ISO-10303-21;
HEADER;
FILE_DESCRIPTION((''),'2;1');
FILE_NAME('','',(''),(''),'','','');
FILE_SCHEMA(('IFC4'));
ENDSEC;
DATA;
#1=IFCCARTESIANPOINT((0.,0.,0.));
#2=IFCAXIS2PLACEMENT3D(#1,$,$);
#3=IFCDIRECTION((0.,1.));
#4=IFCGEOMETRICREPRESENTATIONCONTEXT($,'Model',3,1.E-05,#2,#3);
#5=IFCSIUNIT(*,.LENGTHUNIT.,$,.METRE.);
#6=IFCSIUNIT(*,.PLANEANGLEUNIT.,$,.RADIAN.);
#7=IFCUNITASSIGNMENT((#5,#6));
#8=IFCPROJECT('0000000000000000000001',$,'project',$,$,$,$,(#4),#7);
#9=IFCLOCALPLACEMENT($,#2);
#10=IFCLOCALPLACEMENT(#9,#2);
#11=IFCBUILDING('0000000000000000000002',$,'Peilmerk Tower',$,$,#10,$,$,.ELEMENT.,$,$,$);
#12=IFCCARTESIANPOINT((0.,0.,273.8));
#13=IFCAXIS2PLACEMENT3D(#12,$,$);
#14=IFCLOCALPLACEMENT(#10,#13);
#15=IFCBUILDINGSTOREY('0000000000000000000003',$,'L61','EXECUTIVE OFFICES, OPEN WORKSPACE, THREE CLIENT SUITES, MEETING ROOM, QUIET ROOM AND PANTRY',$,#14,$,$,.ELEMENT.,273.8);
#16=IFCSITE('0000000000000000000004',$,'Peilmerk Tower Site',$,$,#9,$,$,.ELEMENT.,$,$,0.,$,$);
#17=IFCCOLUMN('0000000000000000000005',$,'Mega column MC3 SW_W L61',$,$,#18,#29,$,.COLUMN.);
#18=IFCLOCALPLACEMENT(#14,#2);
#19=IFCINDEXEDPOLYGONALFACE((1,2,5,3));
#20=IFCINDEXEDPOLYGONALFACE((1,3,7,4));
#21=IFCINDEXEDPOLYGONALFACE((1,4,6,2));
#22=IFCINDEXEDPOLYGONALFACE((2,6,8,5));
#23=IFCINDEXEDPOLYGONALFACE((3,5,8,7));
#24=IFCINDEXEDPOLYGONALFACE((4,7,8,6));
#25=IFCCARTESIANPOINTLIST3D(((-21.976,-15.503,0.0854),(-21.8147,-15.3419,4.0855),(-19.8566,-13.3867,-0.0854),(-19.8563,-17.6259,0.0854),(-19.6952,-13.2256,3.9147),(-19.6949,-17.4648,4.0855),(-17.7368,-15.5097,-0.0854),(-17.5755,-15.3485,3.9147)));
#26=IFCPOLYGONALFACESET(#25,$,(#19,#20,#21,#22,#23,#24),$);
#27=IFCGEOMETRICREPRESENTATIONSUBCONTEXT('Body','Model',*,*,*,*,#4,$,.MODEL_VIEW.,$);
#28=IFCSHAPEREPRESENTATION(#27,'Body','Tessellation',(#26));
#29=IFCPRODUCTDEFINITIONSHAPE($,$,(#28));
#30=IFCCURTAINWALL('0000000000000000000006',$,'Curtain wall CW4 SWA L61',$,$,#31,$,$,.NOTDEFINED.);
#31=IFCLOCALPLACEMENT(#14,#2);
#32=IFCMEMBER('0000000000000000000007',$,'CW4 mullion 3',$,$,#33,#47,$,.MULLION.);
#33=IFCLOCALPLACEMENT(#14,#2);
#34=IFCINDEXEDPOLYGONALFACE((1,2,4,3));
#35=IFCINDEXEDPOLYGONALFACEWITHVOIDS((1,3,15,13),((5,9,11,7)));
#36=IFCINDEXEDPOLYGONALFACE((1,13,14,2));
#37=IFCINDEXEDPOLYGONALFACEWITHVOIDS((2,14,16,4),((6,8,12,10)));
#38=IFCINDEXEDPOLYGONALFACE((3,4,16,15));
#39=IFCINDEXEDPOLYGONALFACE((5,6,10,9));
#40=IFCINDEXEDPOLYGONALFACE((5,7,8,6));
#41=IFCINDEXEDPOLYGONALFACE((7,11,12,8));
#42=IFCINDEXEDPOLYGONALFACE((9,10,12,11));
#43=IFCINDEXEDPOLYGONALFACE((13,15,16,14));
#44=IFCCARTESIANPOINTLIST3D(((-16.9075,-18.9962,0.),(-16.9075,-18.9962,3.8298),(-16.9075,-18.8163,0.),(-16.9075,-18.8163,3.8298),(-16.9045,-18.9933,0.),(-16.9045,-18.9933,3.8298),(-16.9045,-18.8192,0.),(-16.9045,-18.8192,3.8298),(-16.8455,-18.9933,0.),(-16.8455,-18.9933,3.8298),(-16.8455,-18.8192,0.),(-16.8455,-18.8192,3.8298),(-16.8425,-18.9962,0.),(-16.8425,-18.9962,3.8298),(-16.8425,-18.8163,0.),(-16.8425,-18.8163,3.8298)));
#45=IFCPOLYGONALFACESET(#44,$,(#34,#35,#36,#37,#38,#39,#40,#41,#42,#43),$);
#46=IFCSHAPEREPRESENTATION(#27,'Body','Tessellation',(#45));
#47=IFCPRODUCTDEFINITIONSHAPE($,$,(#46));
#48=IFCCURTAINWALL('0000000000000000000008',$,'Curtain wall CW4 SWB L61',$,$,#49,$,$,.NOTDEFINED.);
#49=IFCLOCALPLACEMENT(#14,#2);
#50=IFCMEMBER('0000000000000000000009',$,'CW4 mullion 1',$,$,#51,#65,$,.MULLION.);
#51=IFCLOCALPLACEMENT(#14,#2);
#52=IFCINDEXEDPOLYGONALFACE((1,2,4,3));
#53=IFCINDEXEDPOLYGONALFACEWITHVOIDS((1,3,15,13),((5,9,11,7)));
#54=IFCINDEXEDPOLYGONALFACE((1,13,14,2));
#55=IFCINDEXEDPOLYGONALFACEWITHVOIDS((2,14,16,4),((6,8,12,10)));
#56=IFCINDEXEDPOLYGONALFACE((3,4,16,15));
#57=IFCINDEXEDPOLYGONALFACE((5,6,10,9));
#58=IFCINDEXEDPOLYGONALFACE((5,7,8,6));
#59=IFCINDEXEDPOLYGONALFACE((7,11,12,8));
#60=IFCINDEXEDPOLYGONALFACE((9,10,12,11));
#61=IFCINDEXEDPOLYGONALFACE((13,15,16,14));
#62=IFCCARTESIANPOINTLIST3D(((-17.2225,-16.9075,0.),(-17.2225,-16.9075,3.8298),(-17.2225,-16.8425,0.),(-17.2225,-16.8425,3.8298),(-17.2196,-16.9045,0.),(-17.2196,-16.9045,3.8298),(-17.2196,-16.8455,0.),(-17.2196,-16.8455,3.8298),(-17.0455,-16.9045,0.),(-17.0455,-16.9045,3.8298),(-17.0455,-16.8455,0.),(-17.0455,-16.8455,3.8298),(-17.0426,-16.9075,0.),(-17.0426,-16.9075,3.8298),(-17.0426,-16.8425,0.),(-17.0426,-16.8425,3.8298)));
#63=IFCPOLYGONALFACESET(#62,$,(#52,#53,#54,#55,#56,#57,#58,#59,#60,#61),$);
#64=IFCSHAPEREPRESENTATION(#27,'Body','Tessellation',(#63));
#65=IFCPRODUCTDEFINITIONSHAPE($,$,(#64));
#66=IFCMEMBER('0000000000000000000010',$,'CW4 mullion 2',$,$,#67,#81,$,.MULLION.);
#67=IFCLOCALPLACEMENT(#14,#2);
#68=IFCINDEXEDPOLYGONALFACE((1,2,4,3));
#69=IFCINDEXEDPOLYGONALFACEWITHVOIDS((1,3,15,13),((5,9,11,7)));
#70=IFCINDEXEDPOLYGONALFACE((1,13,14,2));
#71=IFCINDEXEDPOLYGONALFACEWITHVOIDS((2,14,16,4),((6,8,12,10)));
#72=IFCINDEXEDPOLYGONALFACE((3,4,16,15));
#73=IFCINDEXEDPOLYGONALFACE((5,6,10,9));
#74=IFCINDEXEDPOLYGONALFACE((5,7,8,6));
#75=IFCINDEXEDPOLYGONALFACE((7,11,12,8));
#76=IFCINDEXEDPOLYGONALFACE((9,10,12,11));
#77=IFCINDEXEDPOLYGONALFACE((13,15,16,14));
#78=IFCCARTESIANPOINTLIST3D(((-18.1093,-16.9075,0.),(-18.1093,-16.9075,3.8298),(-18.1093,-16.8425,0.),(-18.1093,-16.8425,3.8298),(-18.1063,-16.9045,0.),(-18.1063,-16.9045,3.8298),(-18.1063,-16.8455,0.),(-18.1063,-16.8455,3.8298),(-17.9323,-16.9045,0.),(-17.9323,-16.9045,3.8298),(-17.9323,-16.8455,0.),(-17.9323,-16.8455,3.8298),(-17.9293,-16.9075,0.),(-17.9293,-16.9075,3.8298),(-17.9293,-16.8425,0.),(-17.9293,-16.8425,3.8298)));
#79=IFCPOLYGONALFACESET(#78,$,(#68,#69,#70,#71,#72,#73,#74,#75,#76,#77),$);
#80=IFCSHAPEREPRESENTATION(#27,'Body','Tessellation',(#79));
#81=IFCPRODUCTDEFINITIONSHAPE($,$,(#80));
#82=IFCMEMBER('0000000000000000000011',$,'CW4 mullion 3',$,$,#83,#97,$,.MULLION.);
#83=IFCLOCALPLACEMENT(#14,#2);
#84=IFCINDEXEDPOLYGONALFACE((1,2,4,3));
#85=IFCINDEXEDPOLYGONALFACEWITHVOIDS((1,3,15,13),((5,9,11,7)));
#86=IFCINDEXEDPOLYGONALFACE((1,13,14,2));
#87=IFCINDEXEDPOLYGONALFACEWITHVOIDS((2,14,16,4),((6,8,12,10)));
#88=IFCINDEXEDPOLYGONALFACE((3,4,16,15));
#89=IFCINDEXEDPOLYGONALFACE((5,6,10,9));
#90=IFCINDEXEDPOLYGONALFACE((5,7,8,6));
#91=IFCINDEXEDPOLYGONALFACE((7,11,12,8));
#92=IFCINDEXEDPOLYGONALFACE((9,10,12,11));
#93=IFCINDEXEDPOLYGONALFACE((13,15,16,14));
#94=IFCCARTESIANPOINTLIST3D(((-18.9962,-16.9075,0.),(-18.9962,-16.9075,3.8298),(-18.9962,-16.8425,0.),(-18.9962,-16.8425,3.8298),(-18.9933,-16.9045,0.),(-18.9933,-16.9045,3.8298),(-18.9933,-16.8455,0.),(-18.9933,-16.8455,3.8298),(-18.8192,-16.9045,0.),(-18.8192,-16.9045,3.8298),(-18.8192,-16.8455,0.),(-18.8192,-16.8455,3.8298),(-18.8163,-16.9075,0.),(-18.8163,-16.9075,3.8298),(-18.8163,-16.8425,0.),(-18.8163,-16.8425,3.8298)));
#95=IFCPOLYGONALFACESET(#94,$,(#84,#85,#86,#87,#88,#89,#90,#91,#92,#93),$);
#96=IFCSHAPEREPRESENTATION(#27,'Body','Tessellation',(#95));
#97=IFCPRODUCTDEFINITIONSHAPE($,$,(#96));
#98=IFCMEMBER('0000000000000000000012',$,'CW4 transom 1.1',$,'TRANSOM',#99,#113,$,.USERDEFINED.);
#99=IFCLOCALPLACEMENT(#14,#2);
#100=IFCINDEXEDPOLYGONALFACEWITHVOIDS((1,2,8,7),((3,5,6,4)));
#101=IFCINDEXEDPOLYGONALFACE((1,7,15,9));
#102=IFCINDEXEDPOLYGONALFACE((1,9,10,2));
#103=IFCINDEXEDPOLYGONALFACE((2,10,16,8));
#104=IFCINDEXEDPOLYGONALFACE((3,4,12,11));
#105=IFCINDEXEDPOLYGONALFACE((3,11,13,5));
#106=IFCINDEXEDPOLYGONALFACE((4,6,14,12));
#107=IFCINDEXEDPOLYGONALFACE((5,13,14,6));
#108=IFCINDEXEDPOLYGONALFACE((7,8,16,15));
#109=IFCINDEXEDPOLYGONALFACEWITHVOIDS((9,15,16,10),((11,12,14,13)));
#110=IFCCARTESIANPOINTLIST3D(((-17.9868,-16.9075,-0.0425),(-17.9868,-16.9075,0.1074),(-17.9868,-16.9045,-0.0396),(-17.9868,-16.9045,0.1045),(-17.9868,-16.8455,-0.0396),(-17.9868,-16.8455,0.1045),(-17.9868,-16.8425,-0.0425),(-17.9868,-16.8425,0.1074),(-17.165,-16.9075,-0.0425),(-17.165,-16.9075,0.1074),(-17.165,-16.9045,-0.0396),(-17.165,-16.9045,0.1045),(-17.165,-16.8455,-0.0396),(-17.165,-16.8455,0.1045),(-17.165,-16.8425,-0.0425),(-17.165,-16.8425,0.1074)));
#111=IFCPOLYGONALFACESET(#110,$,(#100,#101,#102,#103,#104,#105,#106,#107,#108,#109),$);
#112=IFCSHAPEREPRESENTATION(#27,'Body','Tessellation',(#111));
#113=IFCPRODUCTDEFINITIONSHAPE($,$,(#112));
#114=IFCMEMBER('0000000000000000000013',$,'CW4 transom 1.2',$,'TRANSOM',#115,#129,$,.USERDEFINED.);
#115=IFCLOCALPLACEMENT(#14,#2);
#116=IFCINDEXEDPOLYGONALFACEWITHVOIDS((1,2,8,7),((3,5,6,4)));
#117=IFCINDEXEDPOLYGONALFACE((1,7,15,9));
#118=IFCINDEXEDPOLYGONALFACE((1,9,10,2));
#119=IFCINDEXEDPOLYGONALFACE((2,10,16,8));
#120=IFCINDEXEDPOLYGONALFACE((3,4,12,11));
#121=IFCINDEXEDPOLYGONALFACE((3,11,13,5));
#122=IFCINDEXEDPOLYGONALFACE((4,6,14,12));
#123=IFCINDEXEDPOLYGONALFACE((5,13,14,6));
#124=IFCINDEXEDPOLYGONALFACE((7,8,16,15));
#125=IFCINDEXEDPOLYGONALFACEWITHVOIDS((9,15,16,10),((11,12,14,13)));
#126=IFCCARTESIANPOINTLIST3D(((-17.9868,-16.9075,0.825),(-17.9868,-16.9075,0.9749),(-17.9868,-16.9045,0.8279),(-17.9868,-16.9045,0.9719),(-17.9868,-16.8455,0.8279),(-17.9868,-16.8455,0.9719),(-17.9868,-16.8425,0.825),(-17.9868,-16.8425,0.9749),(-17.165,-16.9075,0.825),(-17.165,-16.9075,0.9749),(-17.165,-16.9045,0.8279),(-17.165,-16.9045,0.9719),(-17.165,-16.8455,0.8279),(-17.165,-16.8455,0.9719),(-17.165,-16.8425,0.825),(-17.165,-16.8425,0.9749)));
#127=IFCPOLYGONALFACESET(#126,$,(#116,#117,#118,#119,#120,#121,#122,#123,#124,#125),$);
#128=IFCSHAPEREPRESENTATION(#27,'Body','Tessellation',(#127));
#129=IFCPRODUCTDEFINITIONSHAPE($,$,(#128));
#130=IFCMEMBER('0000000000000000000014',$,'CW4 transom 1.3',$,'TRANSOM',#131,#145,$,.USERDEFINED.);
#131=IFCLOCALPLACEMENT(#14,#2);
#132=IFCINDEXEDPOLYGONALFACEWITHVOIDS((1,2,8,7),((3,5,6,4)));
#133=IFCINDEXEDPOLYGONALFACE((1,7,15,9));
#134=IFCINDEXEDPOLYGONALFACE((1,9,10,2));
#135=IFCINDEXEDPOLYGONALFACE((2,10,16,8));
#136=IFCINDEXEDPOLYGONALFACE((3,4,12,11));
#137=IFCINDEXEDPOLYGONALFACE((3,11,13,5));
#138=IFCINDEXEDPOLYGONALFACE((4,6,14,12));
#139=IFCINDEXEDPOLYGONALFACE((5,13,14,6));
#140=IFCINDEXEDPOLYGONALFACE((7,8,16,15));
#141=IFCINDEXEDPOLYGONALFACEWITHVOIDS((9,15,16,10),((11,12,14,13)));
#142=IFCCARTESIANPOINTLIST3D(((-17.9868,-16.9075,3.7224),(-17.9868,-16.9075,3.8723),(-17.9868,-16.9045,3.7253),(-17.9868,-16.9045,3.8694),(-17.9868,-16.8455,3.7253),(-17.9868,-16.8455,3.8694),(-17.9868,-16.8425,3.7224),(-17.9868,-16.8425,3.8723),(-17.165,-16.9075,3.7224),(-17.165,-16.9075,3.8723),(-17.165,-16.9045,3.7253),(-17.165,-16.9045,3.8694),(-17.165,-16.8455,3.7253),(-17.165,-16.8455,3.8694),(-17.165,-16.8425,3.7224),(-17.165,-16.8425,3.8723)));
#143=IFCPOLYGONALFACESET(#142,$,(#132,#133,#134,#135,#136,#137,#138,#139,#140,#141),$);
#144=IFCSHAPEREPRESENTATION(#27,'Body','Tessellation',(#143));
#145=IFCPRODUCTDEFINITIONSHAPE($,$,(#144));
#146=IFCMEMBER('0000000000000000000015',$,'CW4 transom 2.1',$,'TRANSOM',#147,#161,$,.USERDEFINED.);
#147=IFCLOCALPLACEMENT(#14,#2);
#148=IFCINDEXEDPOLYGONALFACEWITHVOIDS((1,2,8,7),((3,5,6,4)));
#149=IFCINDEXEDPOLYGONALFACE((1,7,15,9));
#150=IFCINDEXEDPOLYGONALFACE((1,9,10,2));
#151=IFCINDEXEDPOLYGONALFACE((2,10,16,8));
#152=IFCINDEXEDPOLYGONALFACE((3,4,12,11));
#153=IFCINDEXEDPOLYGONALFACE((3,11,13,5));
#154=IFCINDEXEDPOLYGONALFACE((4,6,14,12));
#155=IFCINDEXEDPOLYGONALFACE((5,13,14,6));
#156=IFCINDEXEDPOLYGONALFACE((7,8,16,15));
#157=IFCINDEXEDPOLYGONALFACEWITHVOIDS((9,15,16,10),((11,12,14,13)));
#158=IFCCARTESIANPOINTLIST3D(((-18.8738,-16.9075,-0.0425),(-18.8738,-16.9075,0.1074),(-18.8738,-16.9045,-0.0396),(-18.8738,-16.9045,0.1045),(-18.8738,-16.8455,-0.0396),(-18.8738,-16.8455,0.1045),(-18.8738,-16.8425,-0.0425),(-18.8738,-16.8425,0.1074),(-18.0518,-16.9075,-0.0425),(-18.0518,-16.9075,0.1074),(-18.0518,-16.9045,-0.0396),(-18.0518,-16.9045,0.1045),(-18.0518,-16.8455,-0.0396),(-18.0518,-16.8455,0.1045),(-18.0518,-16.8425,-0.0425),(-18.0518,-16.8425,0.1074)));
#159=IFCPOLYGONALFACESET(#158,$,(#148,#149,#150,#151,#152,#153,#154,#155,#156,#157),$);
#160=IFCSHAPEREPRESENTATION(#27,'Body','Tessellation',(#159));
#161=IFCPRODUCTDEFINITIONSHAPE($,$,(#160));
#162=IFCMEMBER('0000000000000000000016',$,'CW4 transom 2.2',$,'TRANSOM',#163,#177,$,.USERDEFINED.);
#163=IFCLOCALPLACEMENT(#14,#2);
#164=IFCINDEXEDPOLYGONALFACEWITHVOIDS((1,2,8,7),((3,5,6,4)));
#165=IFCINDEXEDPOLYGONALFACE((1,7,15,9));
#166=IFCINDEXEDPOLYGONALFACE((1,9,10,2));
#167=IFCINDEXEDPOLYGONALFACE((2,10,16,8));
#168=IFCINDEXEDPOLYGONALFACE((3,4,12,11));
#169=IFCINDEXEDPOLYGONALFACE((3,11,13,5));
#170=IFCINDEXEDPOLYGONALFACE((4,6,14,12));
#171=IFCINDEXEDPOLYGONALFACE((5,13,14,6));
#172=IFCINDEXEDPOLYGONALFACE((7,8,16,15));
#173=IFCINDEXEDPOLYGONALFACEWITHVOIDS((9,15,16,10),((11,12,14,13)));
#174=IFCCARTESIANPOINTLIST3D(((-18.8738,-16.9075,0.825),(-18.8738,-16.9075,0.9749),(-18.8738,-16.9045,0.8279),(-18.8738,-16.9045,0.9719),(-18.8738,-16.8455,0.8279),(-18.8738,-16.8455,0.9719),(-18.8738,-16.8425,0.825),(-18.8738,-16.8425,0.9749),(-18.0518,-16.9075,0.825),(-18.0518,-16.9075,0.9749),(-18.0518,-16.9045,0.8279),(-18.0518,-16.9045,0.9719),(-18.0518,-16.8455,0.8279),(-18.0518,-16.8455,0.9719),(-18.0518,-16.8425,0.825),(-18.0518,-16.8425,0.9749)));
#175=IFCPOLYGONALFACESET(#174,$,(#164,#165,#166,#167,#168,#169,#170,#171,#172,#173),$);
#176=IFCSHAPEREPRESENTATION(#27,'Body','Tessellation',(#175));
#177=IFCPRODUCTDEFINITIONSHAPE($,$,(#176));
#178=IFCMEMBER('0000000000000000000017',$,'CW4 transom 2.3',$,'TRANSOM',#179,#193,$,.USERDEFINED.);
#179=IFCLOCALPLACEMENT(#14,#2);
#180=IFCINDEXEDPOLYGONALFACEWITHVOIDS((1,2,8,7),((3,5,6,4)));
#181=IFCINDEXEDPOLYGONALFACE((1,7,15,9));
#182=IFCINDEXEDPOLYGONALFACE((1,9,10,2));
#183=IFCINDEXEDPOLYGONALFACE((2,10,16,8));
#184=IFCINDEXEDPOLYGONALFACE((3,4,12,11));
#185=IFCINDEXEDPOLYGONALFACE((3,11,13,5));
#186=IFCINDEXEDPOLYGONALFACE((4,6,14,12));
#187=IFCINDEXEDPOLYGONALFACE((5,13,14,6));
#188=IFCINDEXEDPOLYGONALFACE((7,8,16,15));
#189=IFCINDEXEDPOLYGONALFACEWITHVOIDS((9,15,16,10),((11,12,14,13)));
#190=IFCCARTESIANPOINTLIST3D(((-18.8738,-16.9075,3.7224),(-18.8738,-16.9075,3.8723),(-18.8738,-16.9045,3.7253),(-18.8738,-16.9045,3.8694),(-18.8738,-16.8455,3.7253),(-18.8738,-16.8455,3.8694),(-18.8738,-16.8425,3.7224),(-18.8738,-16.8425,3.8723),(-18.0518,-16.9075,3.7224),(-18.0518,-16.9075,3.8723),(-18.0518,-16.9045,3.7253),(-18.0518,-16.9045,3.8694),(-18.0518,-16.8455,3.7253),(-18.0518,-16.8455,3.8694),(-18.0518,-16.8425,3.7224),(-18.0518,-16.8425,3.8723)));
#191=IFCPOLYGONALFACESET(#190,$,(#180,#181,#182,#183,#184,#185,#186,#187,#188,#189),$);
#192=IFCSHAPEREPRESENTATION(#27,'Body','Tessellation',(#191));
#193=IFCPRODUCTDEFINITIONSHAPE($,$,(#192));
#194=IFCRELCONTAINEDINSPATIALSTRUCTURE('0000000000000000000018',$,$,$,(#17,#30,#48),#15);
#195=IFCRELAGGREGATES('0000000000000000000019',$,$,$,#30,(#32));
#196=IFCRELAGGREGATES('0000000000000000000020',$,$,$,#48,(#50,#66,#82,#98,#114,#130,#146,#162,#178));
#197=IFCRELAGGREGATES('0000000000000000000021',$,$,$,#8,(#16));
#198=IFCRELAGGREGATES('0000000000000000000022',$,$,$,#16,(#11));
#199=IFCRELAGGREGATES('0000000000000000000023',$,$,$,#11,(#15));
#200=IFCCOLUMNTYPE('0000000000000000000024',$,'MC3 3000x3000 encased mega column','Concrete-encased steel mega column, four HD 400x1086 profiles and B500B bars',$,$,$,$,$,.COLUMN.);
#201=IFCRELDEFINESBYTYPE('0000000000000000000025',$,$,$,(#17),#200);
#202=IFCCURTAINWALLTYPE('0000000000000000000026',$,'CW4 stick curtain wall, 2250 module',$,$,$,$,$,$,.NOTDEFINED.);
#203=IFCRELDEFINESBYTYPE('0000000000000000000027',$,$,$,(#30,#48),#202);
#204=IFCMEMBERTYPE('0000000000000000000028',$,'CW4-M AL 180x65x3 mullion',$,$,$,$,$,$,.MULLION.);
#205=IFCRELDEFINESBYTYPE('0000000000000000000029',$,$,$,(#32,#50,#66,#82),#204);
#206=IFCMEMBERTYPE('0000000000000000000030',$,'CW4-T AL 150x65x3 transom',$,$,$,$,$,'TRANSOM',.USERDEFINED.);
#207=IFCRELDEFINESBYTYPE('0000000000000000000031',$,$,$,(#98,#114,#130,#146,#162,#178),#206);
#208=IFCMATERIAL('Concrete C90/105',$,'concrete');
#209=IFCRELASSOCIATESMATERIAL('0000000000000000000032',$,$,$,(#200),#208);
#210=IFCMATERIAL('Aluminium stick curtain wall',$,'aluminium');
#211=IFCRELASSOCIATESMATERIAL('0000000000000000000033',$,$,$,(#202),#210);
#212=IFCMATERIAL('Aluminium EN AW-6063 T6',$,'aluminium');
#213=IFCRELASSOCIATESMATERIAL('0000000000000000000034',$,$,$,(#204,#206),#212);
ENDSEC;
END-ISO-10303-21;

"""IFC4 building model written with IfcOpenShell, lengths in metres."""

from ifc_helpers import new_model, si_unit, direction, frame, origin, origin_2d, place, context, subcontext, project, spatial, rectangle, hollow_rectangle, extrude, material, material_profile, profile_set, type_object, element, aggregate, save


model = new_model("IFC4")

# Units and contexts
model_context = context("Model", 3, precision=1e-05, world=origin(), true_north=direction((0.0, 1.0)))
body_context = subcontext(model_context, "Body", "Model", "MODEL_VIEW")
ifc_project = project(units=[si_unit("LENGTHUNIT", "METRE"), si_unit("PLANEANGLEUNIT", "RADIAN")], contexts=[model_context])

# Site, building, storey
site_placement = place(None, origin())
site = spatial("IfcSite", under=ifc_project, at=site_placement, Name="Peilmerk Tower Site", CompositionType="ELEMENT", RefElevation=0.0)
building_placement = place(site_placement, origin())
building = spatial("IfcBuilding", under=site, at=building_placement, Name="Peilmerk Tower", CompositionType="ELEMENT")
storey_placement = place(building_placement, frame((0.0, 0.0, 273.8)))
storey = spatial("IfcBuildingStorey", under=building, at=storey_placement, Name="L61", Description="EXECUTIVE OFFICES, OPEN WORKSPACE, THREE CLIENT SUITES, MEETING ROOM, QUIET ROOM AND PANTRY", CompositionType="ELEMENT", Elevation=273.8)

# Column
ifc_material_1 = material(Name="Concrete C90/105", Category="concrete")
ifc_material_profile_1 = material_profile(ifc_material_1, rectangle(XDim=3.0, YDim=3.0, at=origin_2d()), Name="RC 3000x3000")
ifc_profile_set_1 = profile_set([ifc_material_profile_1], Name="Concrete C90/105")
column_type = type_object("IfcColumnType", Name="MC3 3000x3000 encased mega column", Description="Concrete-encased steel mega column, four HD 400x1086 profiles and B500B bars", PredefinedType="COLUMN", material=ifc_profile_set_1)
column_placement = place(storey_placement, frame((-19.8564, -15.5063, 0.0), z_axis=(0.040279, 0.040218, 0.998379), x_axis=(-0.706571, 0.707642, 0.0)))
element("IfcColumn", 1, at=column_placement, inside=storey, type_object=column_type, Name="Mega column MC3 SW_W L61", PredefinedType="COLUMN", context=body_context, shape_type="SweptSolid", body=[
    extrude(rectangle(XDim=3.0, YDim=3.0, at=origin_2d()), origin(), (0.0, 0.0, 1.0), 4.0066),
])

# Curtain wall, member
ifc_material_2 = material(Name="Aluminium stick curtain wall", Category="aluminium")
curtain_wall_type = type_object("IfcCurtainWallType", Name="CW4 stick curtain wall, 2250 module", PredefinedType="NOTDEFINED", material=ifc_material_2)
curtain_wall_1_placement = place(storey_placement, origin())
curtain_wall_1 = element("IfcCurtainWall", 2, at=curtain_wall_1_placement, inside=storey, type_object=curtain_wall_type, Name="Curtain wall CW4 SWA L61", PredefinedType="NOTDEFINED")
ifc_material_3 = material(Name="Aluminium EN AW-6063 T6", Category="aluminium")
ifc_material_profile_2 = material_profile(ifc_material_3, hollow_rectangle(XDim=0.0649, YDim=0.1799, WallThickness=0.0029, at=origin_2d()), Name="AL 180x65x3")
ifc_profile_set_2 = profile_set([ifc_material_profile_2], Name="Aluminium EN AW-6063 T6")
member_type_1 = type_object("IfcMemberType", Name="CW4-M AL 180x65x3 mullion", PredefinedType="MULLION", material=ifc_profile_set_2)
member_1_placement = place(storey_placement, frame((-16.875, -18.9062, 0.0), z_axis=(0.0, 0.0, 1.0), x_axis=(1.0, 0.0, 0.0)))
member_1 = element("IfcMember", 3, at=member_1_placement, type_object=member_type_1, Name="CW4 mullion 3", PredefinedType="MULLION", context=body_context, shape_type="SweptSolid", body=[
    extrude(hollow_rectangle(XDim=0.0649, YDim=0.1799, WallThickness=0.0029, at=origin_2d()), origin(), (0.0, 0.0, 1.0), 3.8298),
])

# Curtain wall, members
curtain_wall_2_placement = place(storey_placement, origin())
curtain_wall_2 = element("IfcCurtainWall", 4, at=curtain_wall_2_placement, inside=storey, type_object=curtain_wall_type, Name="Curtain wall CW4 SWB L61", PredefinedType="NOTDEFINED")
member_2_placement = place(storey_placement, frame((-17.1326, -16.875, 0.0), z_axis=(0.0, 0.0, 1.0), x_axis=(0.0, -1.0, 0.0)))
member_2 = element("IfcMember", 5, at=member_2_placement, type_object=member_type_1, Name="CW4 mullion 1", PredefinedType="MULLION", context=body_context, shape_type="SweptSolid", body=[
    extrude(hollow_rectangle(XDim=0.0649, YDim=0.1799, WallThickness=0.0029, at=origin_2d()), origin(), (0.0, 0.0, 1.0), 3.8298),
])
member_3_placement = place(storey_placement, frame((-18.0193, -16.875, 0.0), z_axis=(0.0, 0.0, 1.0), x_axis=(0.0, -1.0, 0.0)))
member_3 = element("IfcMember", 6, at=member_3_placement, type_object=member_type_1, Name="CW4 mullion 2", PredefinedType="MULLION", context=body_context, shape_type="SweptSolid", body=[
    extrude(hollow_rectangle(XDim=0.0649, YDim=0.1799, WallThickness=0.0029, at=origin_2d()), origin(), (0.0, 0.0, 1.0), 3.8298),
])
member_4_placement = place(storey_placement, frame((-18.9062, -16.875, 0.0), z_axis=(0.0, 0.0, 1.0), x_axis=(0.0, -1.0, 0.0)))
member_4 = element("IfcMember", 7, at=member_4_placement, type_object=member_type_1, Name="CW4 mullion 3", PredefinedType="MULLION", context=body_context, shape_type="SweptSolid", body=[
    extrude(hollow_rectangle(XDim=0.0649, YDim=0.1799, WallThickness=0.0029, at=origin_2d()), origin(), (0.0, 0.0, 1.0), 3.8298),
])
ifc_material_profile_3 = material_profile(ifc_material_3, hollow_rectangle(XDim=0.0649, YDim=0.1499, WallThickness=0.0029, at=origin_2d()), Name="AL 150x65x3")
ifc_profile_set_3 = profile_set([ifc_material_profile_3], Name="Aluminium EN AW-6063 T6")
member_type_2 = type_object("IfcMemberType", Name="CW4-T AL 150x65x3 transom", ElementType="TRANSOM", PredefinedType="USERDEFINED", material=ifc_profile_set_3)
member_5_placement = place(storey_placement, frame((-17.165, -16.875, 0.0325), z_axis=(-1.0, 0.0, 0.0), x_axis=(0.0, -1.0, 0.0)))
member_5 = element("IfcMember", 8, at=member_5_placement, type_object=member_type_2, Name="CW4 transom 1.1", ObjectType="TRANSOM", PredefinedType="USERDEFINED", context=body_context, shape_type="SweptSolid", body=[
    extrude(hollow_rectangle(XDim=0.0649, YDim=0.1499, WallThickness=0.0029, at=origin_2d()), origin(), (0.0, 0.0, 1.0), 0.8218),
])
member_6_placement = place(storey_placement, frame((-17.165, -16.875, 0.8999), z_axis=(-1.0, 0.0, 0.0), x_axis=(0.0, -1.0, 0.0)))
member_6 = element("IfcMember", 9, at=member_6_placement, type_object=member_type_2, Name="CW4 transom 1.2", ObjectType="TRANSOM", PredefinedType="USERDEFINED", context=body_context, shape_type="SweptSolid", body=[
    extrude(hollow_rectangle(XDim=0.0649, YDim=0.1499, WallThickness=0.0029, at=origin_2d()), origin(), (0.0, 0.0, 1.0), 0.8218),
])
member_7_placement = place(storey_placement, frame((-17.165, -16.875, 3.7974), z_axis=(-1.0, 0.0, 0.0), x_axis=(0.0, -1.0, 0.0)))
member_7 = element("IfcMember", 10, at=member_7_placement, type_object=member_type_2, Name="CW4 transom 1.3", ObjectType="TRANSOM", PredefinedType="USERDEFINED", context=body_context, shape_type="SweptSolid", body=[
    extrude(hollow_rectangle(XDim=0.0649, YDim=0.1499, WallThickness=0.0029, at=origin_2d()), origin(), (0.0, 0.0, 1.0), 0.8218),
])
member_8_placement = place(storey_placement, frame((-18.0518, -16.875, 0.0325), z_axis=(-1.0, 0.0, 0.0), x_axis=(0.0, -1.0, 0.0)))
member_8 = element("IfcMember", 11, at=member_8_placement, type_object=member_type_2, Name="CW4 transom 2.1", ObjectType="TRANSOM", PredefinedType="USERDEFINED", context=body_context, shape_type="SweptSolid", body=[
    extrude(hollow_rectangle(XDim=0.0649, YDim=0.1499, WallThickness=0.0029, at=origin_2d()), origin(), (0.0, 0.0, 1.0), 0.822),
])
member_9_placement = place(storey_placement, frame((-18.0518, -16.875, 0.8999), z_axis=(-1.0, 0.0, 0.0), x_axis=(0.0, -1.0, 0.0)))
member_9 = element("IfcMember", 12, at=member_9_placement, type_object=member_type_2, Name="CW4 transom 2.2", ObjectType="TRANSOM", PredefinedType="USERDEFINED", context=body_context, shape_type="SweptSolid", body=[
    extrude(hollow_rectangle(XDim=0.0649, YDim=0.1499, WallThickness=0.0029, at=origin_2d()), origin(), (0.0, 0.0, 1.0), 0.822),
])
member_10_placement = place(storey_placement, frame((-18.0518, -16.875, 3.7974), z_axis=(-1.0, 0.0, 0.0), x_axis=(0.0, -1.0, 0.0)))
member_10 = element("IfcMember", 13, at=member_10_placement, type_object=member_type_2, Name="CW4 transom 2.3", ObjectType="TRANSOM", PredefinedType="USERDEFINED", context=body_context, shape_type="SweptSolid", body=[
    extrude(hollow_rectangle(XDim=0.0649, YDim=0.1499, WallThickness=0.0029, at=origin_2d()), origin(), (0.0, 0.0, 1.0), 0.822),
])

aggregate(curtain_wall_1, [member_1])
aggregate(curtain_wall_2, [member_2, member_3, member_4, member_5, member_6, member_7, member_8, member_9, member_10])

save(model, "model.ifc")
